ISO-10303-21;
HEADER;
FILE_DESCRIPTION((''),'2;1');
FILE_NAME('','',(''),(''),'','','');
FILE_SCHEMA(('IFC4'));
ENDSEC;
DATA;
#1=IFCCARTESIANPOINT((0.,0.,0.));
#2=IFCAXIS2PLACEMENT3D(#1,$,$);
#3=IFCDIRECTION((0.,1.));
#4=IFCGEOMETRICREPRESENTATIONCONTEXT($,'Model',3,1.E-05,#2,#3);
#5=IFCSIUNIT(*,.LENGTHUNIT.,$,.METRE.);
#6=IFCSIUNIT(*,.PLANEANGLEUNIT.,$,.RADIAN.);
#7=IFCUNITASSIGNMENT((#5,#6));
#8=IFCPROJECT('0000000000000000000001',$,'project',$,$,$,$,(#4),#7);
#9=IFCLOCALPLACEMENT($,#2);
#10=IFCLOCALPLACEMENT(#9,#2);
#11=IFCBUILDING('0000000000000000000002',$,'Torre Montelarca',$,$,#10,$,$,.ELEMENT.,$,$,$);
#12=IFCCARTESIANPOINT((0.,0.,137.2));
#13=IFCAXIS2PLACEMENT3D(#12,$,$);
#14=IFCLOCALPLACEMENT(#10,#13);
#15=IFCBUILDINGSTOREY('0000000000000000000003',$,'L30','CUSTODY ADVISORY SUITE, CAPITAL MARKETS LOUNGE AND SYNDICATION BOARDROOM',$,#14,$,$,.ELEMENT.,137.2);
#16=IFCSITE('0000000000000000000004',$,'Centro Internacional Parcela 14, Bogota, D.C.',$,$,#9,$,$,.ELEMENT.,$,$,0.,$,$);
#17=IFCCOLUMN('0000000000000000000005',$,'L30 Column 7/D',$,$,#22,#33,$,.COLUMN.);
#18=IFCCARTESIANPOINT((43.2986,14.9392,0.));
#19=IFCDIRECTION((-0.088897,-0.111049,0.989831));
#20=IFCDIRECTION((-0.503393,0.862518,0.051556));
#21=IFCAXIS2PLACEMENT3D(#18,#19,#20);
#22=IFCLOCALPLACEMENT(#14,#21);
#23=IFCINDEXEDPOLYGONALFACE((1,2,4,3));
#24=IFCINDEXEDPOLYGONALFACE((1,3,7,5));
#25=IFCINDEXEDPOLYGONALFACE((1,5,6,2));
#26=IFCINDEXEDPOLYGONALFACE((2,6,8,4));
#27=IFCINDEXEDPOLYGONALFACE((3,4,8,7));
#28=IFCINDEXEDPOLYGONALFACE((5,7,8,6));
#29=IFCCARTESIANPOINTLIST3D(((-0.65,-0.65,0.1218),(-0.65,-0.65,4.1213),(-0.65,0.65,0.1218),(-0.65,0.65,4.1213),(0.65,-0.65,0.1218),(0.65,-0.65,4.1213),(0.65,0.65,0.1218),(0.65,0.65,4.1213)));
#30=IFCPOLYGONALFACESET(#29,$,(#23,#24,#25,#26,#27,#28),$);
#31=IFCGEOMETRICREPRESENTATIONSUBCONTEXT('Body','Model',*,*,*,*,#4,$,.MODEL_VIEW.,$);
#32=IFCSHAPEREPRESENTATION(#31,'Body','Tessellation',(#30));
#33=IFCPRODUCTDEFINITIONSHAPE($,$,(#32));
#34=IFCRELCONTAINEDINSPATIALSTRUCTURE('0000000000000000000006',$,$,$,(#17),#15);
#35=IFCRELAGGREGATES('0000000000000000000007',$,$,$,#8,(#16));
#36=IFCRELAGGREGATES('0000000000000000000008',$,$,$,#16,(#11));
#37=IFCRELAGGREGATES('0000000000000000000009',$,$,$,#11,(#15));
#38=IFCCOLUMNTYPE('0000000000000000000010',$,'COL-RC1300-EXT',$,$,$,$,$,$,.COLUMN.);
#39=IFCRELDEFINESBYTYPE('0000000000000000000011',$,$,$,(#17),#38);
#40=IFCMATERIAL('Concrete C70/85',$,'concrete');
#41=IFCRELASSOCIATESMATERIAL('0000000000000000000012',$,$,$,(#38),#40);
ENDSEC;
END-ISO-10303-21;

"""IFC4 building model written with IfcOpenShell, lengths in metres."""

from ifc_helpers import new_model, si_unit, direction, frame, origin, origin_2d, place, context, subcontext, project, spatial, rectangle, extrude, clip, halfspace, material, material_profile, profile_set, type_object, element, save


model = new_model("IFC4")

# Units and contexts
model_context = context("Model", 3, precision=1e-05, world=origin(), true_north=direction((0.0, 1.0)))
body_context = subcontext(model_context, "Body", "Model", "MODEL_VIEW")
ifc_project = project(units=[si_unit("LENGTHUNIT", "METRE"), si_unit("PLANEANGLEUNIT", "RADIAN")], contexts=[model_context])

# Site, building, storey
site_placement = place(None, origin())
site = spatial("IfcSite", under=ifc_project, at=site_placement, Name="Centro Internacional Parcela 14, Bogota, D.C.", CompositionType="ELEMENT", RefElevation=0.0)
building_placement = place(site_placement, origin())
building = spatial("IfcBuilding", under=site, at=building_placement, Name="Torre Montelarca", CompositionType="ELEMENT")
storey_placement = place(building_placement, frame((0.0, 0.0, 137.2)))
storey = spatial("IfcBuildingStorey", under=building, at=storey_placement, Name="L30", Description="CUSTODY ADVISORY SUITE, CAPITAL MARKETS LOUNGE AND SYNDICATION BOARDROOM", CompositionType="ELEMENT", Elevation=137.2)

# Column
ifc_material_1 = material(Name="Concrete C70/85", Category="concrete")
ifc_material_profile_1 = material_profile(ifc_material_1, rectangle(XDim=1.3, YDim=1.3, at=origin_2d()), Name="RC1300X1300", Category="concrete")
ifc_profile_set_1 = profile_set([ifc_material_profile_1], Name="Concrete C70/85")
column_type = type_object("IfcColumnType", Name="COL-RC1300-EXT", PredefinedType="COLUMN", material=ifc_profile_set_1)
column_placement = place(storey_placement, frame((43.2986, 14.9392, 0.0), z_axis=(-0.088897, -0.111049, 0.989831), x_axis=(-0.503393, 0.862518, 0.051556)))
element("IfcColumn", 1, at=column_placement, inside=storey, type_object=column_type, Name="L30 Column 7/D", PredefinedType="COLUMN", context=body_context, shape_type="Clipping", body=[
    clip(clip(extrude(rectangle(XDim=1.3, YDim=1.3, at=origin_2d()), origin(), (0.0, 0.0, 1.0), 4.2432), halfspace(frame((0.0, 0.0, 0.1218), z_axis=(0.0, 0.0, -1.0), x_axis=(1.0, 0.0, 0.0)), False)), halfspace(frame((0.0, 0.0, 4.1213), z_axis=(0.0, 0.0, 1.0), x_axis=(1.0, 0.0, 0.0)), False)),
])

save(model, "model.ifc")
